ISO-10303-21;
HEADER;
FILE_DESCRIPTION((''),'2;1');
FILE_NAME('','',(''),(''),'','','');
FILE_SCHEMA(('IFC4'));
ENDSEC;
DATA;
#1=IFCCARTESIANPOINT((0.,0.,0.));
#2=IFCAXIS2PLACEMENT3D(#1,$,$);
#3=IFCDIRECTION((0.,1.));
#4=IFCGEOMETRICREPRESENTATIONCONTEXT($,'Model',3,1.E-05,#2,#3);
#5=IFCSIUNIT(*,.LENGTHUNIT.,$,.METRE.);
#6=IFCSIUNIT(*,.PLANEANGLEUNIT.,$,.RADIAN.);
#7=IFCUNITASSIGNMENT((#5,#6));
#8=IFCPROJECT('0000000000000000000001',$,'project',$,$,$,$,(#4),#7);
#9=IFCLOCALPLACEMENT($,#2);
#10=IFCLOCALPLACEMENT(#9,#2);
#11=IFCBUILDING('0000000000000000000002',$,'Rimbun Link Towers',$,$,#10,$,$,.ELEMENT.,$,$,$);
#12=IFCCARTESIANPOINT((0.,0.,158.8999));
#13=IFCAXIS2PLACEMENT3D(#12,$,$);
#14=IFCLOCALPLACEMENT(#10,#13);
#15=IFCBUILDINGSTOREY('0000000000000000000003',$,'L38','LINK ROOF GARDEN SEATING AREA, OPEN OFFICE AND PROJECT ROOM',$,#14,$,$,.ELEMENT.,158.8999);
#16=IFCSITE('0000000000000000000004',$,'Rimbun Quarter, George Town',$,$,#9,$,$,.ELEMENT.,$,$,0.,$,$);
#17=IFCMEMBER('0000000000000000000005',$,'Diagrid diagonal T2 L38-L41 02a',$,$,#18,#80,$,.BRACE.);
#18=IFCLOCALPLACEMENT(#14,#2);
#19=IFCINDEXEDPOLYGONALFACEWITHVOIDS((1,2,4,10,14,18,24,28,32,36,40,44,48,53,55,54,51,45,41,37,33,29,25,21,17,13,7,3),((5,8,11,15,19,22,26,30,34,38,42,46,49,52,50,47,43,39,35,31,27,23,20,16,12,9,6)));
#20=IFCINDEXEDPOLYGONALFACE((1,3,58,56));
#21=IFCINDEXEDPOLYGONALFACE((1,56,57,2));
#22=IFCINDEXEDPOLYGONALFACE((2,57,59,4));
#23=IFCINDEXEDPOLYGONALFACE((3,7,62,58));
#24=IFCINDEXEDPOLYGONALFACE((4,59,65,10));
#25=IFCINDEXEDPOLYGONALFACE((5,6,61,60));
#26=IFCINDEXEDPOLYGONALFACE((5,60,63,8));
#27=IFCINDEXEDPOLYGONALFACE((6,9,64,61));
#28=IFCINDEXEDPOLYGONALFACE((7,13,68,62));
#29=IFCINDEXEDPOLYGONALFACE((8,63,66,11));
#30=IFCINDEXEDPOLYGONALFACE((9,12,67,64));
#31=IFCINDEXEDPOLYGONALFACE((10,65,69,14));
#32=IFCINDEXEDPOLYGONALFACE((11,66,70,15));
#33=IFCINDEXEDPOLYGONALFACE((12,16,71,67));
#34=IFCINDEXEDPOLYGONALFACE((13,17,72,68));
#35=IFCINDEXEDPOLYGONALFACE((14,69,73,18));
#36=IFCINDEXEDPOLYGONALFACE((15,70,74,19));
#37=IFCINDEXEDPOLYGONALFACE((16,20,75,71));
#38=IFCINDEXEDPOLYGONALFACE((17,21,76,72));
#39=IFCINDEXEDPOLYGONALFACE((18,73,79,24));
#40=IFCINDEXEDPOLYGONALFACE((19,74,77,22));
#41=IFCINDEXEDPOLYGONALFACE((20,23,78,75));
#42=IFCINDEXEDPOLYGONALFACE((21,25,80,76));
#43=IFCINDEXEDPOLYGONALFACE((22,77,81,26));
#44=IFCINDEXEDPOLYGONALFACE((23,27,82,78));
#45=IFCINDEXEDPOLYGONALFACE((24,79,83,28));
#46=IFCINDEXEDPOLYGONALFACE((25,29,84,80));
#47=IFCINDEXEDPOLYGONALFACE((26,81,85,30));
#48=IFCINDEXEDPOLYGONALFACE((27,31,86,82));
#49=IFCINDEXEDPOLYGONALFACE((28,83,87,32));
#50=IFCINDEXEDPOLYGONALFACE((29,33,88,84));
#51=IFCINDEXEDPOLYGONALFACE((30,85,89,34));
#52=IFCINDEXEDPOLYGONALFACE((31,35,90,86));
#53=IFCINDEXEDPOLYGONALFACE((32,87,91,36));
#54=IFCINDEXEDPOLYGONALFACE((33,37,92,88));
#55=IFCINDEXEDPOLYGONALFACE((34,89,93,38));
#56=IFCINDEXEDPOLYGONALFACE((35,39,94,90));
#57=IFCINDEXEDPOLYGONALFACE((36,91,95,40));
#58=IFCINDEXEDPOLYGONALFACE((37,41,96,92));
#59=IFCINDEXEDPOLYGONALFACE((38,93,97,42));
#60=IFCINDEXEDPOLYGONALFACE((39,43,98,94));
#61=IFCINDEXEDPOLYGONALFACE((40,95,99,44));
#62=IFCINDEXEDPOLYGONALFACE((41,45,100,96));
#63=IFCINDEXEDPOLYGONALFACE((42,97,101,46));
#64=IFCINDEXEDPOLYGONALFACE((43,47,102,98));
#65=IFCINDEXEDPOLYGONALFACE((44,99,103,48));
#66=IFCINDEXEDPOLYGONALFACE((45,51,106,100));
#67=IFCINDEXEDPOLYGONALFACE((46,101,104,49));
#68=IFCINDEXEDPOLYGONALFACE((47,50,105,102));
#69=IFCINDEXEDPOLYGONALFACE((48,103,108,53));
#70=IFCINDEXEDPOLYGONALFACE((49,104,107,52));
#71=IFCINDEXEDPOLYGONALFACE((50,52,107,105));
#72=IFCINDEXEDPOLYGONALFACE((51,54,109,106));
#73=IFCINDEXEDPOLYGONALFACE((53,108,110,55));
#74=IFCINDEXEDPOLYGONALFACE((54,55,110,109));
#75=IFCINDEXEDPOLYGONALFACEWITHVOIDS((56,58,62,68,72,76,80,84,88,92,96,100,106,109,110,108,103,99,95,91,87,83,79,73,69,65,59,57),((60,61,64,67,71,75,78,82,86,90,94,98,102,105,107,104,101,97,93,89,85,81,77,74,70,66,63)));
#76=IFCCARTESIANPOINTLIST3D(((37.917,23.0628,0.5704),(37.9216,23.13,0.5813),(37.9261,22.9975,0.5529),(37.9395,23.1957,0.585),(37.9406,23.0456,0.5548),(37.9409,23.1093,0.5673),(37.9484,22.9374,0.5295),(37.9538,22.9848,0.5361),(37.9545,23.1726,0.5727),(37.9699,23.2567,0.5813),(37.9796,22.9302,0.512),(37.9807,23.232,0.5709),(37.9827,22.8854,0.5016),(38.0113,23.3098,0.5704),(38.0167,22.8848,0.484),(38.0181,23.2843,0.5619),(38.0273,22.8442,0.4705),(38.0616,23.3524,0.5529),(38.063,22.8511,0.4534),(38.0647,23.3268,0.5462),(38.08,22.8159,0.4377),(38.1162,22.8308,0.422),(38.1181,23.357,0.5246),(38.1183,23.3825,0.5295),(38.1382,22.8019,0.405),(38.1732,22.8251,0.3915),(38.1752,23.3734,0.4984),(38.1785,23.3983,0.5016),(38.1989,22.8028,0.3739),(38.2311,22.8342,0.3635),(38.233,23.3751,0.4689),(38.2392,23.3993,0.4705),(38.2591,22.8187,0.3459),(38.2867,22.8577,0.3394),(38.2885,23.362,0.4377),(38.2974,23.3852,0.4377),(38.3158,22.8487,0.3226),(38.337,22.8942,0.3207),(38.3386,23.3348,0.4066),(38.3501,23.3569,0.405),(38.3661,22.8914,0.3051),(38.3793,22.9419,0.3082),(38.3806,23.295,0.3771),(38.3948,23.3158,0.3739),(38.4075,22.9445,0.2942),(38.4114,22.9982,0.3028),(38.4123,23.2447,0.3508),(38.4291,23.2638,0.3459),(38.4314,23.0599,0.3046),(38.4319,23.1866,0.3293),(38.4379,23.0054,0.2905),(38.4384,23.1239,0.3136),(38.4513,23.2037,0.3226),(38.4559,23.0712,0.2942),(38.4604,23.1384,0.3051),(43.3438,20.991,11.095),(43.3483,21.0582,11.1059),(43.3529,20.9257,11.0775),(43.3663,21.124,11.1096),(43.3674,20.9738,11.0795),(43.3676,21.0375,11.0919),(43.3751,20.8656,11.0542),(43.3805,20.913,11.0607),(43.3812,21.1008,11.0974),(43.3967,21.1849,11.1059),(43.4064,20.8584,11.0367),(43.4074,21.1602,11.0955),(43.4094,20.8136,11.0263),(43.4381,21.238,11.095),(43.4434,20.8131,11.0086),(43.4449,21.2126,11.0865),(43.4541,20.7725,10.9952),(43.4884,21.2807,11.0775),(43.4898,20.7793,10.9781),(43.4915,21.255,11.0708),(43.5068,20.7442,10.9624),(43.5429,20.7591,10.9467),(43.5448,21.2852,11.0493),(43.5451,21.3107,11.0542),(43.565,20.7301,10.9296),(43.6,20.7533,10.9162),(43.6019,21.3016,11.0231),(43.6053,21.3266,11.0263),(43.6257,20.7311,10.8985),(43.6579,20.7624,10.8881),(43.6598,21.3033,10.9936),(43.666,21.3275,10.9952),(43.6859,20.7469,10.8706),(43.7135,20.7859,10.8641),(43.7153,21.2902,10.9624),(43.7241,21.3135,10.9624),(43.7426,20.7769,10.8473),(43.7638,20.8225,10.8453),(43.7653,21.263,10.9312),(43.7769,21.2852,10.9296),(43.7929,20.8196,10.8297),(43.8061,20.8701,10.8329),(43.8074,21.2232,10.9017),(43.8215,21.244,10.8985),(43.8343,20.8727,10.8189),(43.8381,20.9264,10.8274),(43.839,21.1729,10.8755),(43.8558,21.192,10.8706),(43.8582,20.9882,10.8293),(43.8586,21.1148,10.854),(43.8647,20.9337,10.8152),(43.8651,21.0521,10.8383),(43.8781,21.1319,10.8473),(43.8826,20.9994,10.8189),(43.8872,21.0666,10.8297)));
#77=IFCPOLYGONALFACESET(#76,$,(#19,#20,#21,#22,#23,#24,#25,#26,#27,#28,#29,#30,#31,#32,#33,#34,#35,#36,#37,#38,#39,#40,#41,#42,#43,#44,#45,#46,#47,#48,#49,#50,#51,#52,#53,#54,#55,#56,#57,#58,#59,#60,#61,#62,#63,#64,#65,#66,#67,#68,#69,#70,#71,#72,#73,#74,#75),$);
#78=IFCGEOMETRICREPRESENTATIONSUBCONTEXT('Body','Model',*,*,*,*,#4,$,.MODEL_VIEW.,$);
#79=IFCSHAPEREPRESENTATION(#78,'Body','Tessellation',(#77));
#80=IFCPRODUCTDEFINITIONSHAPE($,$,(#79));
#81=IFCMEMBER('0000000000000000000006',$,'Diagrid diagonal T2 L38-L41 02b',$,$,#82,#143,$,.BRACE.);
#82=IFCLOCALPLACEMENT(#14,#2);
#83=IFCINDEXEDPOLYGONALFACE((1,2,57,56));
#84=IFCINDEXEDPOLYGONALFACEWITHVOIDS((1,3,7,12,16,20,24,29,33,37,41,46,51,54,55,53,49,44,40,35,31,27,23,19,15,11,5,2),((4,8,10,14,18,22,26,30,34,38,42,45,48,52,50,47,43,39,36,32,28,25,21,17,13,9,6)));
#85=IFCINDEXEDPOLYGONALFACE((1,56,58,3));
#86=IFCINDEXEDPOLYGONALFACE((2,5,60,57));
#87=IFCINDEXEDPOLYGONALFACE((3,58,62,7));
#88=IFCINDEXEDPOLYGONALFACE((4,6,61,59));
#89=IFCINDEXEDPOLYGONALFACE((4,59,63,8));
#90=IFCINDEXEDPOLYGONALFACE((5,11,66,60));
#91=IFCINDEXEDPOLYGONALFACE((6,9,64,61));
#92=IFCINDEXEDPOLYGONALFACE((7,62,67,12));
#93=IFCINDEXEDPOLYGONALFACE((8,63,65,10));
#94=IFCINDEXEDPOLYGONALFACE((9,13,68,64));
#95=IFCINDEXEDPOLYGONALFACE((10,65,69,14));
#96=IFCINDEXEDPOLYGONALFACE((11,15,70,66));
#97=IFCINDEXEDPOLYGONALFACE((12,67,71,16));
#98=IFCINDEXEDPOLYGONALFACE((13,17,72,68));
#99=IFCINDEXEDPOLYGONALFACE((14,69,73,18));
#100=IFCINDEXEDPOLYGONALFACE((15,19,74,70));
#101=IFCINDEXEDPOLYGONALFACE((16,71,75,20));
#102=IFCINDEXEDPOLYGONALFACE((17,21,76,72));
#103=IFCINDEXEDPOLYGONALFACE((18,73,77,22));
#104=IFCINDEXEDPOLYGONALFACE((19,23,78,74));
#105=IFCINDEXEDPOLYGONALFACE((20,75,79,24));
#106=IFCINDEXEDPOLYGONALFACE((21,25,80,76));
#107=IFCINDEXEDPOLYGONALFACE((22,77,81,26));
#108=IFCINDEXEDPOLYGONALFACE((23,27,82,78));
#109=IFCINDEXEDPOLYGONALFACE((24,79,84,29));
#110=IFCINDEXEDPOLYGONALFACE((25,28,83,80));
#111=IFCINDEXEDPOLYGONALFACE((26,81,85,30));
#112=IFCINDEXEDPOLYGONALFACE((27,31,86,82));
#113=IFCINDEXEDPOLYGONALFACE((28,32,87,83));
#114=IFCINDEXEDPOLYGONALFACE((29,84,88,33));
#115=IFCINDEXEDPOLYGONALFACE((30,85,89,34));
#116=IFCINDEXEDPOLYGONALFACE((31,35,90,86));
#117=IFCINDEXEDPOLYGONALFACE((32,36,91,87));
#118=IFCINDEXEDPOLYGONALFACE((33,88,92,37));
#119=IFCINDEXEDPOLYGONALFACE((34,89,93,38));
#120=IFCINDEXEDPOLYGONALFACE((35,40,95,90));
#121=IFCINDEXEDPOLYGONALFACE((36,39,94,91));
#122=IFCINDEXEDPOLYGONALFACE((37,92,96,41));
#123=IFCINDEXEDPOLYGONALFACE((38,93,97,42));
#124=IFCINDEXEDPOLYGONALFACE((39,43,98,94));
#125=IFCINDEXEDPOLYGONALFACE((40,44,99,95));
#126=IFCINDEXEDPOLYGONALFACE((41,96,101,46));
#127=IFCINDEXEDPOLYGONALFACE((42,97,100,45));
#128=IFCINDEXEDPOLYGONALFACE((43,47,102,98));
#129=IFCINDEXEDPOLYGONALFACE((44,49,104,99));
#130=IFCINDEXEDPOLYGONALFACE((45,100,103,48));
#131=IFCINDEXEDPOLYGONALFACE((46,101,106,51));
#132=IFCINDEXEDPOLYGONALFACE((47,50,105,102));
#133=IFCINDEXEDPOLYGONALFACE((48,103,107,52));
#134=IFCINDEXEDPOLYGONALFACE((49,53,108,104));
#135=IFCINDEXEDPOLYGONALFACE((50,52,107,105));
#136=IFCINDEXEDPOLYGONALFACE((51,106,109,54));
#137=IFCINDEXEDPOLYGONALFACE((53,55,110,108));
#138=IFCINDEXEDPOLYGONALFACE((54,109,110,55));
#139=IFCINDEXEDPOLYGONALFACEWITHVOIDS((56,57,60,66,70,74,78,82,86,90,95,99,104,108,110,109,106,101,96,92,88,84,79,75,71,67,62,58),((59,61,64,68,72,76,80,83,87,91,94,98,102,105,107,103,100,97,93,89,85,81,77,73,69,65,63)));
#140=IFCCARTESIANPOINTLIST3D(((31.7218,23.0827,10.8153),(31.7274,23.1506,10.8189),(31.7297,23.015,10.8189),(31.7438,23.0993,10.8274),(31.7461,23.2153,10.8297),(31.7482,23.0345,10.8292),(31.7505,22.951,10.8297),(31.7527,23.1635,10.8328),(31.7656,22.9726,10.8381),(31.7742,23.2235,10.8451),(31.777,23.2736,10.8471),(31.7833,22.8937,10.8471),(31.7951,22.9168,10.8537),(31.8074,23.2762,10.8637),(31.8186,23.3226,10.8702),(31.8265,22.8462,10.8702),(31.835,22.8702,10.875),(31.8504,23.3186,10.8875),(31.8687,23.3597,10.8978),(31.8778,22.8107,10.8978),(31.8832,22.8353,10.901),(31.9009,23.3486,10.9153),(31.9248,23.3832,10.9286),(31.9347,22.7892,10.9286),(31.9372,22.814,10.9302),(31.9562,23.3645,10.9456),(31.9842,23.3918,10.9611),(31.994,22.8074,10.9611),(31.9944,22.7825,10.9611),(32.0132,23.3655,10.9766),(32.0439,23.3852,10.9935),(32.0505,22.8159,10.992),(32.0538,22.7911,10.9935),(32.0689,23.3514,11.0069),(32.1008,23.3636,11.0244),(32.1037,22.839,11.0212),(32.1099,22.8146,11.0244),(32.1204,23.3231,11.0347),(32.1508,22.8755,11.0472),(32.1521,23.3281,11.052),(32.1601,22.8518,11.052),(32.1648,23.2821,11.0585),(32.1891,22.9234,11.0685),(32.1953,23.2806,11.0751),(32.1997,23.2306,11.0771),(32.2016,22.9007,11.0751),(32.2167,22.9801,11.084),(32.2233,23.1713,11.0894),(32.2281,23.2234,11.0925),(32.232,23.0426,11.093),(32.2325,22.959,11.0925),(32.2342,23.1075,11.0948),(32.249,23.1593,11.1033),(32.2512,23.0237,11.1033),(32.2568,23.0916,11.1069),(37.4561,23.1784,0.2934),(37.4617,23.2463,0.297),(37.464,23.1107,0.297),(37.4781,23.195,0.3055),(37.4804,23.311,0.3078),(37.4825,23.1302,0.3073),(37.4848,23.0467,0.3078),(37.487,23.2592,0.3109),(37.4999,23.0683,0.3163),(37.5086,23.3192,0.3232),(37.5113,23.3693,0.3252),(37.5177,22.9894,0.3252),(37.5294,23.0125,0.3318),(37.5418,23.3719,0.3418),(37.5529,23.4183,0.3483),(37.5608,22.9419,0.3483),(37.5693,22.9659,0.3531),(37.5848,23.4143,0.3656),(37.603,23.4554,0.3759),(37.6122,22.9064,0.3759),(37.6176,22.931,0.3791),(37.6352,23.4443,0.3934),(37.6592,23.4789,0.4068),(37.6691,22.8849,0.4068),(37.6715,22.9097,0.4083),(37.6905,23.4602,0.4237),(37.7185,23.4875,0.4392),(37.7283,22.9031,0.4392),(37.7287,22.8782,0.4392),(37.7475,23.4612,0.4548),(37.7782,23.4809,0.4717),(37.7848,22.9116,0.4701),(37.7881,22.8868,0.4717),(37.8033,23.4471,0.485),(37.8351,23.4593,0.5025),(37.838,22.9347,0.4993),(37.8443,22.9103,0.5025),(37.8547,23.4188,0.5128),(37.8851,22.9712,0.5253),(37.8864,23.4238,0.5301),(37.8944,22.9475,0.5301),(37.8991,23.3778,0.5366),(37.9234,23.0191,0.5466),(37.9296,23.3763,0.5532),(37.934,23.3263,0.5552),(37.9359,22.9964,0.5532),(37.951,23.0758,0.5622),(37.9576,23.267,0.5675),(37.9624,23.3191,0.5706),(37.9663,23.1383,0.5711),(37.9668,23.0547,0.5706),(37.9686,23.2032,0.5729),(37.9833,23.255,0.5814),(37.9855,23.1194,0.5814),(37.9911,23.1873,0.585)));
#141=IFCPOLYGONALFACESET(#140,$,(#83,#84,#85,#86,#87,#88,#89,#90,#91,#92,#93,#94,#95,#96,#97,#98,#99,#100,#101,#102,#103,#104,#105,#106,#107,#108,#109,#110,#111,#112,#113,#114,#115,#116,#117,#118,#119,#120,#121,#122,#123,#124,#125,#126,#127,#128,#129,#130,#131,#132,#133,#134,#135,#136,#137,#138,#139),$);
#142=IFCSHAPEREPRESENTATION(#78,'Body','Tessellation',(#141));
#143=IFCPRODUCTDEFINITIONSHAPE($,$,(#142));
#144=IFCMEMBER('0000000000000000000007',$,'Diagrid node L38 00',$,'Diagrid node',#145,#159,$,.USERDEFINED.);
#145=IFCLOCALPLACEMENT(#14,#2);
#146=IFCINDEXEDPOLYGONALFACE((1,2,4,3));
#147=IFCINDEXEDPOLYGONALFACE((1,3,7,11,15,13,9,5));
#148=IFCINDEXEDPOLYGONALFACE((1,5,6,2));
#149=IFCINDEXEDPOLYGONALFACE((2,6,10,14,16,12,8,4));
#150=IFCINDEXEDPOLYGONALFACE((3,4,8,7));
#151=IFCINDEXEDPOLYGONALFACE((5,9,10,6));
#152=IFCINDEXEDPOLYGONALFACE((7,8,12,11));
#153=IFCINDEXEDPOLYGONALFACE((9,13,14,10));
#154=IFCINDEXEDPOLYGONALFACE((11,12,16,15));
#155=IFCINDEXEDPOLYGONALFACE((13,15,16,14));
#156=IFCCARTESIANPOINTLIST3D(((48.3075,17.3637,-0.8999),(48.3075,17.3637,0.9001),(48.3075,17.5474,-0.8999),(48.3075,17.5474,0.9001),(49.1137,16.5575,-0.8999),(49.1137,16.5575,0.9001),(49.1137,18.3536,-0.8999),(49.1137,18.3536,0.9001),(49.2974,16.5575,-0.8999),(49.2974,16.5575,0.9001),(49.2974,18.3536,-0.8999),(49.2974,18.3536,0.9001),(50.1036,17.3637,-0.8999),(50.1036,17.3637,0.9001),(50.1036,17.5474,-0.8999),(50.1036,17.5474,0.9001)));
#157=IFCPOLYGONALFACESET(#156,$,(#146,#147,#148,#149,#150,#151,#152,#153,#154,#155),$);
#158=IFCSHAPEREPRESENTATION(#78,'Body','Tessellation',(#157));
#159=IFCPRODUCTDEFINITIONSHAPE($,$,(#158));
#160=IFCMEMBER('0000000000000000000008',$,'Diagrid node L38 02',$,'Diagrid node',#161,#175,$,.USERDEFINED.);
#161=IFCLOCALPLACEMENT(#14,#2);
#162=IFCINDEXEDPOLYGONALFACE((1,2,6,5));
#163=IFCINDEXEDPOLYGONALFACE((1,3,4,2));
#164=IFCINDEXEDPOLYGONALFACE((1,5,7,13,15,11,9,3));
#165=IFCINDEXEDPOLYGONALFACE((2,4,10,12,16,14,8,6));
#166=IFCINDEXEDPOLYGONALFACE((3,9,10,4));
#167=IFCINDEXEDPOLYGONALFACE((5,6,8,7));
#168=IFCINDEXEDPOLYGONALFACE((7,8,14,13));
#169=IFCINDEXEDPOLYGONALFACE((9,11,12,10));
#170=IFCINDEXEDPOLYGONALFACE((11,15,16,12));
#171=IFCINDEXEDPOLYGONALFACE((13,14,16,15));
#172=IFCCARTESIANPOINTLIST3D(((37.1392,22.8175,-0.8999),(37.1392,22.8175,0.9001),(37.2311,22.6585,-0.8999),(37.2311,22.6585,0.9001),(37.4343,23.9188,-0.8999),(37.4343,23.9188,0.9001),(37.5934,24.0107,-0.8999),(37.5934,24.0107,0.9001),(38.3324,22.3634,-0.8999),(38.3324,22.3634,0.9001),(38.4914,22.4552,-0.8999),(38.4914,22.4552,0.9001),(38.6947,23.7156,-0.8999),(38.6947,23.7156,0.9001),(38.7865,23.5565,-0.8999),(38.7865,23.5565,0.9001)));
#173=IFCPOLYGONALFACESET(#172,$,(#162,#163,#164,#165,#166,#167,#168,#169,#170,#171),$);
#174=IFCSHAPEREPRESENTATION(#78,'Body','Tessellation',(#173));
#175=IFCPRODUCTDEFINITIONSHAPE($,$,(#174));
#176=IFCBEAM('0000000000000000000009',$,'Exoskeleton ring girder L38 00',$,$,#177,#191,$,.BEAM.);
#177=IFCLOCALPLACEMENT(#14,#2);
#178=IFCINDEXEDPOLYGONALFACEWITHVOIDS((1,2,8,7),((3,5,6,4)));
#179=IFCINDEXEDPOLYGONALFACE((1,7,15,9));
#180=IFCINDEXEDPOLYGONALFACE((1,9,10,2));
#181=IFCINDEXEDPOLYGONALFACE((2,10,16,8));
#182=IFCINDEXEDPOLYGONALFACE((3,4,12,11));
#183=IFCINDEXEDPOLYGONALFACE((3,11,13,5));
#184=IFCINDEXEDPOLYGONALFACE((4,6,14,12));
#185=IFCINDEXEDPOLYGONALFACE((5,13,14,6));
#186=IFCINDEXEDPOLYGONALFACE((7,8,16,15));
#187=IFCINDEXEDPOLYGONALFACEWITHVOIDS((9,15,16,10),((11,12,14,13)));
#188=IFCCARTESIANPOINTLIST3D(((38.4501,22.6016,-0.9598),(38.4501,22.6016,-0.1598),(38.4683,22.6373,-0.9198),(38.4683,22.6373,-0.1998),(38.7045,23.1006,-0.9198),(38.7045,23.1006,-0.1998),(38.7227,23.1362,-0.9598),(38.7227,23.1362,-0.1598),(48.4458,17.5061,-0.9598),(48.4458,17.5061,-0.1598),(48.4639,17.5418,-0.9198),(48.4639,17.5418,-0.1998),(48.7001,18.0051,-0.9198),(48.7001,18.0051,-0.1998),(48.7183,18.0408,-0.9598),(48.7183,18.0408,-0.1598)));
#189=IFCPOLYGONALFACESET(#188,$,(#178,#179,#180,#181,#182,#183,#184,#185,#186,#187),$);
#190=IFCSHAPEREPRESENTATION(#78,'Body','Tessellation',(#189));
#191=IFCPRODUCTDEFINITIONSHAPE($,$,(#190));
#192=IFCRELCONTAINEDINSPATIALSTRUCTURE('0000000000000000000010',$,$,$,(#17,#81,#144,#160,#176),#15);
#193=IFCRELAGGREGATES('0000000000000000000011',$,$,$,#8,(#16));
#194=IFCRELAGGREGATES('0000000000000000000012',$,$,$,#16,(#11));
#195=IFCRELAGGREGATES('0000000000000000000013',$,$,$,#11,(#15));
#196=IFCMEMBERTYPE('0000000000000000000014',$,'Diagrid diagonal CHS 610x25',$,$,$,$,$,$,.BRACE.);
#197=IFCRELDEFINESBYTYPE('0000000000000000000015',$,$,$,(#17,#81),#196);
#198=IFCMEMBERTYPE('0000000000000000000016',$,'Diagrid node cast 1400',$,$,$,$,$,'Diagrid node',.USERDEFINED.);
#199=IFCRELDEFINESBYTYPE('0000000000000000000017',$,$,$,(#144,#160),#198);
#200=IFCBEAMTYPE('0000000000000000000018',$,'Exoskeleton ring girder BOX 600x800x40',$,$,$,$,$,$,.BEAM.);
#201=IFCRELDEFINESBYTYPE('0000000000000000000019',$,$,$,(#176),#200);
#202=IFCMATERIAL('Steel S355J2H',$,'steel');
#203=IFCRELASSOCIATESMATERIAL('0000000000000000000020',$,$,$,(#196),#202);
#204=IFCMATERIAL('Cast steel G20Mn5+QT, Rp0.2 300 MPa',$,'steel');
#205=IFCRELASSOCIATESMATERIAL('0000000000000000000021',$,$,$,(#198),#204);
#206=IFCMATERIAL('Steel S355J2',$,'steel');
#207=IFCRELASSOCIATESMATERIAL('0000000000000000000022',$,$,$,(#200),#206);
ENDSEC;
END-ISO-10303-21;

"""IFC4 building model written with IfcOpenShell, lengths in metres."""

from ifc_helpers import new_model, si_unit, direction, frame, origin, origin_2d, place, context, subcontext, project, spatial, polyline, hollow_rectangle, hollow_circle, outline, extrude, material, material_profile, profile_set, type_object, element, save


model = new_model("IFC4")

# Units and contexts
model_context = context("Model", 3, precision=1e-05, world=origin(), true_north=direction((0.0, 1.0)))
body_context = subcontext(model_context, "Body", "Model", "MODEL_VIEW")
ifc_project = project(units=[si_unit("LENGTHUNIT", "METRE"), si_unit("PLANEANGLEUNIT", "RADIAN")], contexts=[model_context])

# Site, building, storey
site_placement = place(None, origin())
site = spatial("IfcSite", under=ifc_project, at=site_placement, Name="Rimbun Quarter, George Town", CompositionType="ELEMENT", RefElevation=0.0)
building_placement = place(site_placement, origin())
building = spatial("IfcBuilding", under=site, at=building_placement, Name="Rimbun Link Towers", CompositionType="ELEMENT")
storey_placement = place(building_placement, frame((0.0, 0.0, 158.8999)))
storey = spatial("IfcBuildingStorey", under=building, at=storey_placement, Name="L38", Description="LINK ROOF GARDEN SEATING AREA, OPEN OFFICE AND PROJECT ROOM", CompositionType="ELEMENT", Elevation=158.8999)

# Members
ifc_material_1 = material(Name="Steel S355J2H", Category="steel")
ifc_material_profile_1 = material_profile(ifc_material_1, hollow_circle(Radius=0.3047, WallThickness=0.0249, at=origin_2d()), Name="Diagrid diagonal CHS 610x25")
ifc_profile_set_1 = profile_set([ifc_material_profile_1], Name="Steel S355J2H")
member_type_1 = type_object("IfcMemberType", Name="Diagrid diagonal CHS 610x25", PredefinedType="BRACE", material=ifc_profile_set_1)
member_1_placement = place(storey_placement, frame((38.1887, 23.1006, 0.4377), z_axis=(0.451431, -0.172343, 0.875505), x_axis=(0.356663, 0.934233, 0.0)))
element("IfcMember", 1, at=member_1_placement, inside=storey, type_object=member_type_1, Name="Diagrid diagonal T2 L38-L41 02a", PredefinedType="BRACE", context=body_context, shape_type="SweptSolid", body=[
    extrude(hollow_circle(Radius=0.3047, WallThickness=0.0249, at=origin_2d()), origin(), (0.0, 0.0, 1.0), 12.0212),
])
member_2_placement = place(storey_placement, frame((37.7236, 23.1829, 0.4392), z_axis=(-0.478523, -0.007986, 0.878039), x_axis=(0.016687, -0.999861, 0.0)))
element("IfcMember", 2, at=member_2_placement, inside=storey, type_object=member_type_1, Name="Diagrid diagonal T2 L38-L41 02b", PredefinedType="BRACE", context=body_context, shape_type="SweptSolid", body=[
    extrude(hollow_circle(Radius=0.3047, WallThickness=0.0249, at=origin_2d()), origin(), (0.0, 0.0, 1.0), 11.9834),
])
ifc_material_2 = material(Name="Cast steel G20Mn5+QT, Rp0.2 300 MPa", Category="steel")
ifc_material_profile_2 = material_profile(ifc_material_2, outline(polyline([(0.7, -0.5701), (0.7, 0.5701), (0.5701, 0.7), (-0.5701, 0.7), (-0.7, 0.5701), (-0.7, -0.5701), (-0.5701, -0.7), (0.5701, -0.7), (0.7, -0.5701)])), Name="NODE 1400x1400")
ifc_profile_set_2 = profile_set([ifc_material_profile_2], Name="Cast steel G20Mn5+QT, Rp0.2 300 MPa")
member_type_2 = type_object("IfcMemberType", Name="Diagrid node cast 1400", ElementType="Diagrid node", PredefinedType="USERDEFINED", material=ifc_profile_set_2)
for number, where, z_axis, x_axis, name in (
    (3, (49.2056, 17.4556, -0.8999), (0.0, 0.0, 1.0), (0.707107, 0.707107, 0.0), "Diagrid node L38 00"),
    (4, (37.9629, 23.187, -0.8999), (0.0, 0.0, 1.0), (0.258819, 0.965926, 0.0), "Diagrid node L38 02"),
):
    element("IfcMember", number, at=place(storey_placement, frame(where, z_axis=z_axis, x_axis=x_axis)), inside=storey, type_object=member_type_2, Name=name, ObjectType="Diagrid node", PredefinedType="USERDEFINED", context=body_context, shape_type="SweptSolid", body=[
        extrude(outline(polyline([(0.7, -0.5701), (0.7, 0.5701), (0.5701, 0.7), (-0.5701, 0.7), (-0.7, 0.5701), (-0.7, -0.5701), (-0.5701, -0.7), (0.5701, -0.7), (0.7, -0.5701)])), origin(), (0.0, 0.0, 1.0), 1.8),
    ])

# Beam
ifc_material_3 = material(Name="Steel S355J2", Category="steel")
ifc_material_profile_3 = material_profile(ifc_material_3, hollow_rectangle(XDim=0.6001, YDim=0.8, WallThickness=0.04, at=origin_2d()), Name="Exoskeleton ring girder BOX 600x800x40")
ifc_profile_set_3 = profile_set([ifc_material_profile_3], Name="Steel S355J2")
beam_type_1 = type_object("IfcBeamType", Name="Exoskeleton ring girder BOX 600x800x40", PredefinedType="BEAM", material=ifc_profile_set_3)
beam_1_placement = place(storey_placement, frame((48.582, 17.7734, -0.5598), z_axis=(-0.890918, 0.454163, 0.0), x_axis=(-0.454163, -0.890918, 0.0)))
element("IfcBeam", 5, at=beam_1_placement, inside=storey, type_object=beam_type_1, Name="Exoskeleton ring girder L38 00", PredefinedType="BEAM", context=body_context, shape_type="SweptSolid", body=[
    extrude(hollow_rectangle(XDim=0.6001, YDim=0.8, WallThickness=0.04, at=origin_2d()), origin(), (0.0, 0.0, 1.0), 11.2195),
])

save(model, "model.ifc")
